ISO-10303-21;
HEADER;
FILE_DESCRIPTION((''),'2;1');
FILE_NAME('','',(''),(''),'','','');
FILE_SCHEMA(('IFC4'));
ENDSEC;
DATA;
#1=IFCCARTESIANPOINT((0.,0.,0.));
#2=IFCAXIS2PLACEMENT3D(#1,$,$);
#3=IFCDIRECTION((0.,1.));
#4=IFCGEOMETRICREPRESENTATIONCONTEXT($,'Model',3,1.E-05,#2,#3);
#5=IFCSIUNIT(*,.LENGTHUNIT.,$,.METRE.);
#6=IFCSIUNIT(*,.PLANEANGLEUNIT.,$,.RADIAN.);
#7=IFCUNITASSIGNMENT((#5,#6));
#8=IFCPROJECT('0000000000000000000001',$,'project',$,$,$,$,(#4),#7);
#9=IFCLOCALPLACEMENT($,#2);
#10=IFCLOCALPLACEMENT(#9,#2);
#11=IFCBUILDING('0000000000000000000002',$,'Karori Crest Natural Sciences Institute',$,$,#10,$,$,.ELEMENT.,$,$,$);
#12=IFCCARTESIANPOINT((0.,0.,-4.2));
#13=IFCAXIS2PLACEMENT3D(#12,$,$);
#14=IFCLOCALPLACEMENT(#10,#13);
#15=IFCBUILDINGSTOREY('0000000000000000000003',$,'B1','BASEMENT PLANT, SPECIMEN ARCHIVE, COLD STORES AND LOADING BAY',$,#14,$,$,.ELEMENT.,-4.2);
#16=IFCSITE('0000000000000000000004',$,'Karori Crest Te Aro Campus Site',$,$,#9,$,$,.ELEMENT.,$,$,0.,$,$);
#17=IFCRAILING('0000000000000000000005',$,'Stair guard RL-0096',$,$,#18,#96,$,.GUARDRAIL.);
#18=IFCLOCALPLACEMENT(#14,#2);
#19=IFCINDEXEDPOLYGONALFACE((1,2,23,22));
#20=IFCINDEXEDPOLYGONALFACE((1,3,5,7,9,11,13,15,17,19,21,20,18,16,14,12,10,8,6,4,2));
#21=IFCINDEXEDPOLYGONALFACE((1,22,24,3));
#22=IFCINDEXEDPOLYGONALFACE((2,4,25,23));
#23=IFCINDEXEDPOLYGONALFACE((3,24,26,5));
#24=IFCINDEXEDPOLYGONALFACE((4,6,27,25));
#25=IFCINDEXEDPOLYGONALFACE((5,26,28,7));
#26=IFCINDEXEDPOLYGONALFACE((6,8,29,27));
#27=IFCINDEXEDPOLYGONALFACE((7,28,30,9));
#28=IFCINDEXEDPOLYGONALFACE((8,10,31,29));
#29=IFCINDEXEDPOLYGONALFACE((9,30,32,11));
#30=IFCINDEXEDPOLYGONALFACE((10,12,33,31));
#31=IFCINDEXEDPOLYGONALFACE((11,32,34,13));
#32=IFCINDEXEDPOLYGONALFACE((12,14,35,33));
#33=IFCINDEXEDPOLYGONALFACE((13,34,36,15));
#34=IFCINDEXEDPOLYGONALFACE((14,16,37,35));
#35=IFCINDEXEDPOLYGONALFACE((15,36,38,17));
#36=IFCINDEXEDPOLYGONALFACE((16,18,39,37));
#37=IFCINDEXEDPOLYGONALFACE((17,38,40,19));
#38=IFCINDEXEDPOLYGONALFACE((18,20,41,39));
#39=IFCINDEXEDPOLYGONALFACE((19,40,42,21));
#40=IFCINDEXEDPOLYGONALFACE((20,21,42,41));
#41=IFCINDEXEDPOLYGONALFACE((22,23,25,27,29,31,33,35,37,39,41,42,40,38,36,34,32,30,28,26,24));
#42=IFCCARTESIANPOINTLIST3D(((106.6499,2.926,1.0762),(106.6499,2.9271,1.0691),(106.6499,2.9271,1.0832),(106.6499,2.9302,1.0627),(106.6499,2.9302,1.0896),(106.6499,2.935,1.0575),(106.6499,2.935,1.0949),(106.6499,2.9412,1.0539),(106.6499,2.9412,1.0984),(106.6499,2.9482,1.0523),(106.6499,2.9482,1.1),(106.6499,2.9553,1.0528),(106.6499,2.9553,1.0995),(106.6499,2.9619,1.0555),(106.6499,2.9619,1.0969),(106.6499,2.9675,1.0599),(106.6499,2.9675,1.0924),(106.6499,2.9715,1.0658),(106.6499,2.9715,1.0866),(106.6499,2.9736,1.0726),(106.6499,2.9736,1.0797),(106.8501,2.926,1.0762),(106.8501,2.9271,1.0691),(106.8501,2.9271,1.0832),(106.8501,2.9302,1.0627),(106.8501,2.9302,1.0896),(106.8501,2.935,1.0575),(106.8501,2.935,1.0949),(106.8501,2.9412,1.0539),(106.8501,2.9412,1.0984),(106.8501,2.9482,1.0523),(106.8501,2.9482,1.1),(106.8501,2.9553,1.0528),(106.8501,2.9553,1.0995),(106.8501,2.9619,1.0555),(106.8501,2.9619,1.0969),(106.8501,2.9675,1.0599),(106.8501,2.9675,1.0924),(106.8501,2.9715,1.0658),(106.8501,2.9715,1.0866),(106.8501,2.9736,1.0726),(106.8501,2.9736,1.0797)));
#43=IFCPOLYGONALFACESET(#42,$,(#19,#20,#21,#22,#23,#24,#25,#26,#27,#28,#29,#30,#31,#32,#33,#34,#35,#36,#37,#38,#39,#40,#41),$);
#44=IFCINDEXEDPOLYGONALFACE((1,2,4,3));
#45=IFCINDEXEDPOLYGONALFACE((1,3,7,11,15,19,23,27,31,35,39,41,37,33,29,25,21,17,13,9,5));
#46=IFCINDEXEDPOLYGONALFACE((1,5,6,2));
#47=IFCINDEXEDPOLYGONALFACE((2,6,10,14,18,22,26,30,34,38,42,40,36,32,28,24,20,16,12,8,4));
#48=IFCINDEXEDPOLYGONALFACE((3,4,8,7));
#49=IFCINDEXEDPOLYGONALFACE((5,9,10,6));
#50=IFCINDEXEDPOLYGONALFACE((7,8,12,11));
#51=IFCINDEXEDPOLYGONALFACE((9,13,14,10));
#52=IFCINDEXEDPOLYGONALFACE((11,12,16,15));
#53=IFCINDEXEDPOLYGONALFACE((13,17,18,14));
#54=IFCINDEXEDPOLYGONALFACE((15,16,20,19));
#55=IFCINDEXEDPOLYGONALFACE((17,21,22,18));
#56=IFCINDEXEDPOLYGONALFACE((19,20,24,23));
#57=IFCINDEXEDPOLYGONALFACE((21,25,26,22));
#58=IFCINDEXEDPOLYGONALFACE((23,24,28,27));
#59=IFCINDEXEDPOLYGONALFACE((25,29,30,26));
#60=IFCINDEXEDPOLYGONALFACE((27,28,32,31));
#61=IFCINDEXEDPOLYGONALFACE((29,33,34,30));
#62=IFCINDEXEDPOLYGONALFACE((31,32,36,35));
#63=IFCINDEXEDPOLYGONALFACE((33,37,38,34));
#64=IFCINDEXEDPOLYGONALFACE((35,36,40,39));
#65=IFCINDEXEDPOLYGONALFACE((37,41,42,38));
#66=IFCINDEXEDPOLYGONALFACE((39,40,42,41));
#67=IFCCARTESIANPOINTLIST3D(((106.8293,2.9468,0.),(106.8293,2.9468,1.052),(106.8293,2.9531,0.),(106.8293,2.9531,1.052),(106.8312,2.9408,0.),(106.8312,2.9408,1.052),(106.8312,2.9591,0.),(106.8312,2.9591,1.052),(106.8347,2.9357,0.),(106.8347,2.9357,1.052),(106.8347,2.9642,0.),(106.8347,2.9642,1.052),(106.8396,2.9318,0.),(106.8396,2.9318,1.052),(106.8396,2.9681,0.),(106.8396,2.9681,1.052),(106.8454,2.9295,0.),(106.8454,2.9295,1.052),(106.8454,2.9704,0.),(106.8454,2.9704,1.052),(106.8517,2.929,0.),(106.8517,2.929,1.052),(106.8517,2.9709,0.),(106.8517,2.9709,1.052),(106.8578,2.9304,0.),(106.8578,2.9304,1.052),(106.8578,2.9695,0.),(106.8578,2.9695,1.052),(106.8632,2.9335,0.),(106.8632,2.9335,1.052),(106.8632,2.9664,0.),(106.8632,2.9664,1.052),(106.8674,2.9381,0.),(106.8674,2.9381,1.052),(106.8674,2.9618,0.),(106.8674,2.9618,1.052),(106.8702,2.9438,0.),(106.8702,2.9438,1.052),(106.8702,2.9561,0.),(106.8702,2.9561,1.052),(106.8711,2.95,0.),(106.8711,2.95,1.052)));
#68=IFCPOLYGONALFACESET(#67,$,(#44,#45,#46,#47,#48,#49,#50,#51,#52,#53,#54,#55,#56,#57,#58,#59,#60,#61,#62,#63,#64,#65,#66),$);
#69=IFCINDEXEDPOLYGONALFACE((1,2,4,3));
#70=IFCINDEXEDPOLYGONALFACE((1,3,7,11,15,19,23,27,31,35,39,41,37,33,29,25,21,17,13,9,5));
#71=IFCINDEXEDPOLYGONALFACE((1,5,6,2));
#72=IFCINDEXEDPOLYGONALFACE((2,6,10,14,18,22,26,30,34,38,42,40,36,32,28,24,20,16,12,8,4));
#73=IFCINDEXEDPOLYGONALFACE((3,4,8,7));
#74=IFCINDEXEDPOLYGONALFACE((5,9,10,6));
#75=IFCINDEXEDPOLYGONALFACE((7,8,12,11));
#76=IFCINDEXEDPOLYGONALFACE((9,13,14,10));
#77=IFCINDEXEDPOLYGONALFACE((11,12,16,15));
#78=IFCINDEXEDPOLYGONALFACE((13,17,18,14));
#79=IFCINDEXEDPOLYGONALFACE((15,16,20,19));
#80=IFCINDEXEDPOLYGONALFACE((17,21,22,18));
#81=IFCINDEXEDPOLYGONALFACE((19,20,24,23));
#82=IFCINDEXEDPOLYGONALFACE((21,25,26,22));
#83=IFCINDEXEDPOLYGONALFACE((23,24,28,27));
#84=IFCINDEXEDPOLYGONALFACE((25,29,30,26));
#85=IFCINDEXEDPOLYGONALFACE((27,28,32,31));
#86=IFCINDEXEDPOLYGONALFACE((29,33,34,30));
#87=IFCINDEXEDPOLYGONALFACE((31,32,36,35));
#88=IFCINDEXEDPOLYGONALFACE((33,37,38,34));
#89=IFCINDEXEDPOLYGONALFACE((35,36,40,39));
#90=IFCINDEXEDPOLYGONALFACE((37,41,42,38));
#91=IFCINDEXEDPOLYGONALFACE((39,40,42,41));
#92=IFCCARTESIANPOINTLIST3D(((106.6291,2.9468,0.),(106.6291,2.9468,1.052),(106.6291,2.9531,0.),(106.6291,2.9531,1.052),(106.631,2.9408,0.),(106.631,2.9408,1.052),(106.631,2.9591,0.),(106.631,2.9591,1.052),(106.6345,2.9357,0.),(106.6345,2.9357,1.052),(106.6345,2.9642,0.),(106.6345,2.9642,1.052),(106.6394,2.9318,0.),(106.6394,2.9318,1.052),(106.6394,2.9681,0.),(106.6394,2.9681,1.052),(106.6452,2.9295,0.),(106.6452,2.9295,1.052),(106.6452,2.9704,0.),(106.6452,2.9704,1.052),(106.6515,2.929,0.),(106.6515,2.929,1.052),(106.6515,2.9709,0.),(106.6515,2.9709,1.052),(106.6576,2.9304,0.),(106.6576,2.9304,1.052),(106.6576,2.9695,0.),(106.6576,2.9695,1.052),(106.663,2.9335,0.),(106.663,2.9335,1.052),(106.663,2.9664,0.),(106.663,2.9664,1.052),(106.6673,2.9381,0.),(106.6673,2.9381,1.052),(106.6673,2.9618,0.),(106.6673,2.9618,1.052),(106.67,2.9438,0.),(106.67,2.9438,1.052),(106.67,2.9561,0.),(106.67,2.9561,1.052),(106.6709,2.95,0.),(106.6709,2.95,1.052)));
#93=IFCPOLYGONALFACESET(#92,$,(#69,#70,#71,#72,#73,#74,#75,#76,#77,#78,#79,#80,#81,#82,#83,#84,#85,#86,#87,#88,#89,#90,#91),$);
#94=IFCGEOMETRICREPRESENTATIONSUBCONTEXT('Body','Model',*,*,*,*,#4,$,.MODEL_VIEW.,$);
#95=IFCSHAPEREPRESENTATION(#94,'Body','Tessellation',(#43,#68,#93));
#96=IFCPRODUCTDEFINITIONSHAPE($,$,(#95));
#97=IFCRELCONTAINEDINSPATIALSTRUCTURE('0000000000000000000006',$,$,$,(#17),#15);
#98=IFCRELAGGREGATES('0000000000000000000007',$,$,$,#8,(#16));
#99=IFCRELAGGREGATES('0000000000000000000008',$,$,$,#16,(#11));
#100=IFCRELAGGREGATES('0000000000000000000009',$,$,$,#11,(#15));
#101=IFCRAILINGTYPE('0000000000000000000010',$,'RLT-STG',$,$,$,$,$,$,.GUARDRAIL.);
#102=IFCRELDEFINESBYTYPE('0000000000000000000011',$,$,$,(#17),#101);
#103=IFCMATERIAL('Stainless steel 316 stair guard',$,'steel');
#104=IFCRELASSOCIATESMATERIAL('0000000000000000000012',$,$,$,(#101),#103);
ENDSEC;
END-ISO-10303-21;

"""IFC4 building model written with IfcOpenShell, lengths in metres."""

from ifc_helpers import new_model, si_unit, direction, frame, origin, origin_2d, place, context, subcontext, project, spatial, circle, extrude, material, type_object, element, save


model = new_model("IFC4")

# Units and contexts
model_context = context("Model", 3, precision=1e-05, world=origin(), true_north=direction((0.0, 1.0)))
body_context = subcontext(model_context, "Body", "Model", "MODEL_VIEW")
ifc_project = project(units=[si_unit("LENGTHUNIT", "METRE"), si_unit("PLANEANGLEUNIT", "RADIAN")], contexts=[model_context])

# Site, building, storey
site_placement = place(None, origin())
site = spatial("IfcSite", under=ifc_project, at=site_placement, Name="Karori Crest Te Aro Campus Site", CompositionType="ELEMENT", RefElevation=0.0)
building_placement = place(site_placement, origin())
building = spatial("IfcBuilding", under=site, at=building_placement, Name="Karori Crest Natural Sciences Institute", CompositionType="ELEMENT")
storey_placement = place(building_placement, frame((0.0, 0.0, -4.2)))
storey = spatial("IfcBuildingStorey", under=building, at=storey_placement, Name="B1", Description="BASEMENT PLANT, SPECIMEN ARCHIVE, COLD STORES AND LOADING BAY", CompositionType="ELEMENT", Elevation=-4.2)

# Railing
ifc_material_1 = material(Name="Stainless steel 316 stair guard", Category="steel")
railing_type_1 = type_object("IfcRailingType", Name="RLT-STG", PredefinedType="GUARDRAIL", material=ifc_material_1)
railing_1_placement = place(storey_placement, frame((106.8501, 2.95, 0.0)))
element("IfcRailing", 1, at=railing_1_placement, inside=storey, type_object=railing_type_1, Name="Stair guard RL-0096", PredefinedType="GUARDRAIL", context=body_context, shape_type="SweptSolid", body=[
    extrude(circle(Radius=0.0239, at=origin_2d()), frame((0.0, 0.0, 1.0762), z_axis=(-1.0, 0.0, 0.0), x_axis=(0.0, -1.0, 0.0)), (0.0, 0.0, 1.0), 0.2002),
    extrude(circle(Radius=0.021, at=origin_2d()), origin(), (0.0, 0.0, 1.0), 1.052),
    extrude(circle(Radius=0.021, at=origin_2d()), frame((-0.2002, 0.0, 0.0)), (0.0, 0.0, 1.0), 1.052),
])

save(model, "model.ifc")
